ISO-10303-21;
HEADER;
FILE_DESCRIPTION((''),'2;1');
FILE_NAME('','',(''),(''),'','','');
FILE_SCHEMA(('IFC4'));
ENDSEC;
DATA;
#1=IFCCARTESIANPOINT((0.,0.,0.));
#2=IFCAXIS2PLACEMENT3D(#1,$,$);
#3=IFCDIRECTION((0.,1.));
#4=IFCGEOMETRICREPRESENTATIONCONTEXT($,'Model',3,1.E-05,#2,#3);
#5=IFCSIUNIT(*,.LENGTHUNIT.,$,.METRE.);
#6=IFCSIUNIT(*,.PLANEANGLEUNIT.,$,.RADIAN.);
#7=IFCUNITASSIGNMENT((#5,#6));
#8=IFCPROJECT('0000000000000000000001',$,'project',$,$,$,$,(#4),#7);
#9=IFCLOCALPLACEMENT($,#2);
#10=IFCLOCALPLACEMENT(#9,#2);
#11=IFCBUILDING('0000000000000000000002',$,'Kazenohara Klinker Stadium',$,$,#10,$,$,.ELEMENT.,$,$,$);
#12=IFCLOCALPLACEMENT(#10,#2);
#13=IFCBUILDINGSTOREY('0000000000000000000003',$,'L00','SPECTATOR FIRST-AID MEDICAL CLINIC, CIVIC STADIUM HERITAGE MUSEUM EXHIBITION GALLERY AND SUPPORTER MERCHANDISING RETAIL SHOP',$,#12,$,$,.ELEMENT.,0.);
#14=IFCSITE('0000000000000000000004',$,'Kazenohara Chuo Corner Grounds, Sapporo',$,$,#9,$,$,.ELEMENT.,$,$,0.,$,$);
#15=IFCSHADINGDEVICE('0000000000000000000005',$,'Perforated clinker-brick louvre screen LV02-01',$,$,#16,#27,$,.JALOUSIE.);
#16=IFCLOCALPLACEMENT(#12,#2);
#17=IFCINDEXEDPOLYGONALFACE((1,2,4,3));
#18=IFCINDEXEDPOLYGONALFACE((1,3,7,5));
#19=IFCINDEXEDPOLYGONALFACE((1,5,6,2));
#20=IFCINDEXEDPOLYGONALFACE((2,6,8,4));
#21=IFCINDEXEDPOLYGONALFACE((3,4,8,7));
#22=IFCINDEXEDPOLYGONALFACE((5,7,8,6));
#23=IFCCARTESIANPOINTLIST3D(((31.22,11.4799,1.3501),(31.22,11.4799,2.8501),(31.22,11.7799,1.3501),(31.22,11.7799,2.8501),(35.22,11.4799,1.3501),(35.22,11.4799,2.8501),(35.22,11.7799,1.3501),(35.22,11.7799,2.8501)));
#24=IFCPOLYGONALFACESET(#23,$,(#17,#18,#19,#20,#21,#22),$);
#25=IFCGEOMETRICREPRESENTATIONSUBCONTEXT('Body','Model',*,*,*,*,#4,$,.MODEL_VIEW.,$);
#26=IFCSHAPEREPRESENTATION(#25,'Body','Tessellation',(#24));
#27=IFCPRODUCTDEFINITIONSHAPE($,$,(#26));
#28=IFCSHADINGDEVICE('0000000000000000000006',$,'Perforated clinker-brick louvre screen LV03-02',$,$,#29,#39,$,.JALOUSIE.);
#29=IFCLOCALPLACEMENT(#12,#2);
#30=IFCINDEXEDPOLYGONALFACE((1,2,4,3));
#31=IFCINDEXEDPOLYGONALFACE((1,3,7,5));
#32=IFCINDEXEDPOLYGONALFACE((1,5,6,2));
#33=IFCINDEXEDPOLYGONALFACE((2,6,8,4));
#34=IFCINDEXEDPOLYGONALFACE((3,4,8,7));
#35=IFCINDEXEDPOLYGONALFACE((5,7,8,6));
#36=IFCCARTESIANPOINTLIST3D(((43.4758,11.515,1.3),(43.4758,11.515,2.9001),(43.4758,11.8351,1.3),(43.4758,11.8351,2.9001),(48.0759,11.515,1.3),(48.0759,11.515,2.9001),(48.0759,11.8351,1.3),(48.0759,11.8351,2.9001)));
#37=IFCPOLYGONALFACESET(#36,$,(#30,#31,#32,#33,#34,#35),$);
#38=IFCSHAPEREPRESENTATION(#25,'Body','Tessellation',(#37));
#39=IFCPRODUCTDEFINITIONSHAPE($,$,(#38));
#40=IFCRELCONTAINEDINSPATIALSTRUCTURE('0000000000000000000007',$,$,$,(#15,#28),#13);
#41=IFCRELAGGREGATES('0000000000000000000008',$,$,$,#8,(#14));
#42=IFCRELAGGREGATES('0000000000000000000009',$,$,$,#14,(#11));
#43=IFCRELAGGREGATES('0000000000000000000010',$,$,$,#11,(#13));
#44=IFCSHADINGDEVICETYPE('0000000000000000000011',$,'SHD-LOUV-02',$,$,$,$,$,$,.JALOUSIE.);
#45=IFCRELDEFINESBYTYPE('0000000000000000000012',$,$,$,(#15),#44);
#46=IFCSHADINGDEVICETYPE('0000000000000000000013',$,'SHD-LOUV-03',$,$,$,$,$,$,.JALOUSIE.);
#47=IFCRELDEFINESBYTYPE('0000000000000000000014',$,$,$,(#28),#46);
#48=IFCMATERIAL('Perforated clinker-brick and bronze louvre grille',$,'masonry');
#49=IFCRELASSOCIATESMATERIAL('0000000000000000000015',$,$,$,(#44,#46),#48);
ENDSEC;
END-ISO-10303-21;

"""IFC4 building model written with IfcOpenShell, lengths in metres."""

from ifc_helpers import new_model, si_unit, direction, frame, origin, origin_2d, place, context, subcontext, project, spatial, rectangle, extrude, material, type_object, element, save


model = new_model("IFC4")

# Units and contexts
model_context = context("Model", 3, precision=1e-05, world=origin(), true_north=direction((0.0, 1.0)))
body_context = subcontext(model_context, "Body", "Model", "MODEL_VIEW")
ifc_project = project(units=[si_unit("LENGTHUNIT", "METRE"), si_unit("PLANEANGLEUNIT", "RADIAN")], contexts=[model_context])

# Site, building, storey
site_placement = place(None, origin())
site = spatial("IfcSite", under=ifc_project, at=site_placement, Name="Kazenohara Chuo Corner Grounds, Sapporo", CompositionType="ELEMENT", RefElevation=0.0)
building_placement = place(site_placement, origin())
building = spatial("IfcBuilding", under=site, at=building_placement, Name="Kazenohara Klinker Stadium", CompositionType="ELEMENT")
storey_placement = place(building_placement, origin())
storey = spatial("IfcBuildingStorey", under=building, at=storey_placement, Name="L00", Description="SPECTATOR FIRST-AID MEDICAL CLINIC, CIVIC STADIUM HERITAGE MUSEUM EXHIBITION GALLERY AND SUPPORTER MERCHANDISING RETAIL SHOP", CompositionType="ELEMENT", Elevation=0.0)

# Shading devices
ifc_material_1 = material(Name="Perforated clinker-brick and bronze louvre grille", Category="masonry")
shading_device_type_1 = type_object("IfcShadingDeviceType", Name="SHD-LOUV-02", PredefinedType="JALOUSIE", material=ifc_material_1)
shading_device_1_placement = place(storey_placement, frame((33.22, 11.6299, 1.3501), z_axis=(0.0, 0.0, 1.0), x_axis=(1.0, 0.0, 0.0)))
element("IfcShadingDevice", 1, at=shading_device_1_placement, inside=storey, type_object=shading_device_type_1, Name="Perforated clinker-brick louvre screen LV02-01", PredefinedType="JALOUSIE", context=body_context, shape_type="SweptSolid", body=[
    extrude(rectangle(XDim=4.0, YDim=0.3, at=origin_2d()), origin(), (0.0, 0.0, 1.0), 1.5),
])
shading_device_type_2 = type_object("IfcShadingDeviceType", Name="SHD-LOUV-03", PredefinedType="JALOUSIE", material=ifc_material_1)
shading_device_2_placement = place(storey_placement, frame((45.7759, 11.675, 1.3), z_axis=(0.0, 0.0, 1.0), x_axis=(1.0, 0.0, 0.0)))
element("IfcShadingDevice", 2, at=shading_device_2_placement, inside=storey, type_object=shading_device_type_2, Name="Perforated clinker-brick louvre screen LV03-02", PredefinedType="JALOUSIE", context=body_context, shape_type="SweptSolid", body=[
    extrude(rectangle(XDim=4.6001, YDim=0.3201, at=origin_2d()), origin(), (0.0, 0.0, 1.0), 1.6001),
])

save(model, "model.ifc")
